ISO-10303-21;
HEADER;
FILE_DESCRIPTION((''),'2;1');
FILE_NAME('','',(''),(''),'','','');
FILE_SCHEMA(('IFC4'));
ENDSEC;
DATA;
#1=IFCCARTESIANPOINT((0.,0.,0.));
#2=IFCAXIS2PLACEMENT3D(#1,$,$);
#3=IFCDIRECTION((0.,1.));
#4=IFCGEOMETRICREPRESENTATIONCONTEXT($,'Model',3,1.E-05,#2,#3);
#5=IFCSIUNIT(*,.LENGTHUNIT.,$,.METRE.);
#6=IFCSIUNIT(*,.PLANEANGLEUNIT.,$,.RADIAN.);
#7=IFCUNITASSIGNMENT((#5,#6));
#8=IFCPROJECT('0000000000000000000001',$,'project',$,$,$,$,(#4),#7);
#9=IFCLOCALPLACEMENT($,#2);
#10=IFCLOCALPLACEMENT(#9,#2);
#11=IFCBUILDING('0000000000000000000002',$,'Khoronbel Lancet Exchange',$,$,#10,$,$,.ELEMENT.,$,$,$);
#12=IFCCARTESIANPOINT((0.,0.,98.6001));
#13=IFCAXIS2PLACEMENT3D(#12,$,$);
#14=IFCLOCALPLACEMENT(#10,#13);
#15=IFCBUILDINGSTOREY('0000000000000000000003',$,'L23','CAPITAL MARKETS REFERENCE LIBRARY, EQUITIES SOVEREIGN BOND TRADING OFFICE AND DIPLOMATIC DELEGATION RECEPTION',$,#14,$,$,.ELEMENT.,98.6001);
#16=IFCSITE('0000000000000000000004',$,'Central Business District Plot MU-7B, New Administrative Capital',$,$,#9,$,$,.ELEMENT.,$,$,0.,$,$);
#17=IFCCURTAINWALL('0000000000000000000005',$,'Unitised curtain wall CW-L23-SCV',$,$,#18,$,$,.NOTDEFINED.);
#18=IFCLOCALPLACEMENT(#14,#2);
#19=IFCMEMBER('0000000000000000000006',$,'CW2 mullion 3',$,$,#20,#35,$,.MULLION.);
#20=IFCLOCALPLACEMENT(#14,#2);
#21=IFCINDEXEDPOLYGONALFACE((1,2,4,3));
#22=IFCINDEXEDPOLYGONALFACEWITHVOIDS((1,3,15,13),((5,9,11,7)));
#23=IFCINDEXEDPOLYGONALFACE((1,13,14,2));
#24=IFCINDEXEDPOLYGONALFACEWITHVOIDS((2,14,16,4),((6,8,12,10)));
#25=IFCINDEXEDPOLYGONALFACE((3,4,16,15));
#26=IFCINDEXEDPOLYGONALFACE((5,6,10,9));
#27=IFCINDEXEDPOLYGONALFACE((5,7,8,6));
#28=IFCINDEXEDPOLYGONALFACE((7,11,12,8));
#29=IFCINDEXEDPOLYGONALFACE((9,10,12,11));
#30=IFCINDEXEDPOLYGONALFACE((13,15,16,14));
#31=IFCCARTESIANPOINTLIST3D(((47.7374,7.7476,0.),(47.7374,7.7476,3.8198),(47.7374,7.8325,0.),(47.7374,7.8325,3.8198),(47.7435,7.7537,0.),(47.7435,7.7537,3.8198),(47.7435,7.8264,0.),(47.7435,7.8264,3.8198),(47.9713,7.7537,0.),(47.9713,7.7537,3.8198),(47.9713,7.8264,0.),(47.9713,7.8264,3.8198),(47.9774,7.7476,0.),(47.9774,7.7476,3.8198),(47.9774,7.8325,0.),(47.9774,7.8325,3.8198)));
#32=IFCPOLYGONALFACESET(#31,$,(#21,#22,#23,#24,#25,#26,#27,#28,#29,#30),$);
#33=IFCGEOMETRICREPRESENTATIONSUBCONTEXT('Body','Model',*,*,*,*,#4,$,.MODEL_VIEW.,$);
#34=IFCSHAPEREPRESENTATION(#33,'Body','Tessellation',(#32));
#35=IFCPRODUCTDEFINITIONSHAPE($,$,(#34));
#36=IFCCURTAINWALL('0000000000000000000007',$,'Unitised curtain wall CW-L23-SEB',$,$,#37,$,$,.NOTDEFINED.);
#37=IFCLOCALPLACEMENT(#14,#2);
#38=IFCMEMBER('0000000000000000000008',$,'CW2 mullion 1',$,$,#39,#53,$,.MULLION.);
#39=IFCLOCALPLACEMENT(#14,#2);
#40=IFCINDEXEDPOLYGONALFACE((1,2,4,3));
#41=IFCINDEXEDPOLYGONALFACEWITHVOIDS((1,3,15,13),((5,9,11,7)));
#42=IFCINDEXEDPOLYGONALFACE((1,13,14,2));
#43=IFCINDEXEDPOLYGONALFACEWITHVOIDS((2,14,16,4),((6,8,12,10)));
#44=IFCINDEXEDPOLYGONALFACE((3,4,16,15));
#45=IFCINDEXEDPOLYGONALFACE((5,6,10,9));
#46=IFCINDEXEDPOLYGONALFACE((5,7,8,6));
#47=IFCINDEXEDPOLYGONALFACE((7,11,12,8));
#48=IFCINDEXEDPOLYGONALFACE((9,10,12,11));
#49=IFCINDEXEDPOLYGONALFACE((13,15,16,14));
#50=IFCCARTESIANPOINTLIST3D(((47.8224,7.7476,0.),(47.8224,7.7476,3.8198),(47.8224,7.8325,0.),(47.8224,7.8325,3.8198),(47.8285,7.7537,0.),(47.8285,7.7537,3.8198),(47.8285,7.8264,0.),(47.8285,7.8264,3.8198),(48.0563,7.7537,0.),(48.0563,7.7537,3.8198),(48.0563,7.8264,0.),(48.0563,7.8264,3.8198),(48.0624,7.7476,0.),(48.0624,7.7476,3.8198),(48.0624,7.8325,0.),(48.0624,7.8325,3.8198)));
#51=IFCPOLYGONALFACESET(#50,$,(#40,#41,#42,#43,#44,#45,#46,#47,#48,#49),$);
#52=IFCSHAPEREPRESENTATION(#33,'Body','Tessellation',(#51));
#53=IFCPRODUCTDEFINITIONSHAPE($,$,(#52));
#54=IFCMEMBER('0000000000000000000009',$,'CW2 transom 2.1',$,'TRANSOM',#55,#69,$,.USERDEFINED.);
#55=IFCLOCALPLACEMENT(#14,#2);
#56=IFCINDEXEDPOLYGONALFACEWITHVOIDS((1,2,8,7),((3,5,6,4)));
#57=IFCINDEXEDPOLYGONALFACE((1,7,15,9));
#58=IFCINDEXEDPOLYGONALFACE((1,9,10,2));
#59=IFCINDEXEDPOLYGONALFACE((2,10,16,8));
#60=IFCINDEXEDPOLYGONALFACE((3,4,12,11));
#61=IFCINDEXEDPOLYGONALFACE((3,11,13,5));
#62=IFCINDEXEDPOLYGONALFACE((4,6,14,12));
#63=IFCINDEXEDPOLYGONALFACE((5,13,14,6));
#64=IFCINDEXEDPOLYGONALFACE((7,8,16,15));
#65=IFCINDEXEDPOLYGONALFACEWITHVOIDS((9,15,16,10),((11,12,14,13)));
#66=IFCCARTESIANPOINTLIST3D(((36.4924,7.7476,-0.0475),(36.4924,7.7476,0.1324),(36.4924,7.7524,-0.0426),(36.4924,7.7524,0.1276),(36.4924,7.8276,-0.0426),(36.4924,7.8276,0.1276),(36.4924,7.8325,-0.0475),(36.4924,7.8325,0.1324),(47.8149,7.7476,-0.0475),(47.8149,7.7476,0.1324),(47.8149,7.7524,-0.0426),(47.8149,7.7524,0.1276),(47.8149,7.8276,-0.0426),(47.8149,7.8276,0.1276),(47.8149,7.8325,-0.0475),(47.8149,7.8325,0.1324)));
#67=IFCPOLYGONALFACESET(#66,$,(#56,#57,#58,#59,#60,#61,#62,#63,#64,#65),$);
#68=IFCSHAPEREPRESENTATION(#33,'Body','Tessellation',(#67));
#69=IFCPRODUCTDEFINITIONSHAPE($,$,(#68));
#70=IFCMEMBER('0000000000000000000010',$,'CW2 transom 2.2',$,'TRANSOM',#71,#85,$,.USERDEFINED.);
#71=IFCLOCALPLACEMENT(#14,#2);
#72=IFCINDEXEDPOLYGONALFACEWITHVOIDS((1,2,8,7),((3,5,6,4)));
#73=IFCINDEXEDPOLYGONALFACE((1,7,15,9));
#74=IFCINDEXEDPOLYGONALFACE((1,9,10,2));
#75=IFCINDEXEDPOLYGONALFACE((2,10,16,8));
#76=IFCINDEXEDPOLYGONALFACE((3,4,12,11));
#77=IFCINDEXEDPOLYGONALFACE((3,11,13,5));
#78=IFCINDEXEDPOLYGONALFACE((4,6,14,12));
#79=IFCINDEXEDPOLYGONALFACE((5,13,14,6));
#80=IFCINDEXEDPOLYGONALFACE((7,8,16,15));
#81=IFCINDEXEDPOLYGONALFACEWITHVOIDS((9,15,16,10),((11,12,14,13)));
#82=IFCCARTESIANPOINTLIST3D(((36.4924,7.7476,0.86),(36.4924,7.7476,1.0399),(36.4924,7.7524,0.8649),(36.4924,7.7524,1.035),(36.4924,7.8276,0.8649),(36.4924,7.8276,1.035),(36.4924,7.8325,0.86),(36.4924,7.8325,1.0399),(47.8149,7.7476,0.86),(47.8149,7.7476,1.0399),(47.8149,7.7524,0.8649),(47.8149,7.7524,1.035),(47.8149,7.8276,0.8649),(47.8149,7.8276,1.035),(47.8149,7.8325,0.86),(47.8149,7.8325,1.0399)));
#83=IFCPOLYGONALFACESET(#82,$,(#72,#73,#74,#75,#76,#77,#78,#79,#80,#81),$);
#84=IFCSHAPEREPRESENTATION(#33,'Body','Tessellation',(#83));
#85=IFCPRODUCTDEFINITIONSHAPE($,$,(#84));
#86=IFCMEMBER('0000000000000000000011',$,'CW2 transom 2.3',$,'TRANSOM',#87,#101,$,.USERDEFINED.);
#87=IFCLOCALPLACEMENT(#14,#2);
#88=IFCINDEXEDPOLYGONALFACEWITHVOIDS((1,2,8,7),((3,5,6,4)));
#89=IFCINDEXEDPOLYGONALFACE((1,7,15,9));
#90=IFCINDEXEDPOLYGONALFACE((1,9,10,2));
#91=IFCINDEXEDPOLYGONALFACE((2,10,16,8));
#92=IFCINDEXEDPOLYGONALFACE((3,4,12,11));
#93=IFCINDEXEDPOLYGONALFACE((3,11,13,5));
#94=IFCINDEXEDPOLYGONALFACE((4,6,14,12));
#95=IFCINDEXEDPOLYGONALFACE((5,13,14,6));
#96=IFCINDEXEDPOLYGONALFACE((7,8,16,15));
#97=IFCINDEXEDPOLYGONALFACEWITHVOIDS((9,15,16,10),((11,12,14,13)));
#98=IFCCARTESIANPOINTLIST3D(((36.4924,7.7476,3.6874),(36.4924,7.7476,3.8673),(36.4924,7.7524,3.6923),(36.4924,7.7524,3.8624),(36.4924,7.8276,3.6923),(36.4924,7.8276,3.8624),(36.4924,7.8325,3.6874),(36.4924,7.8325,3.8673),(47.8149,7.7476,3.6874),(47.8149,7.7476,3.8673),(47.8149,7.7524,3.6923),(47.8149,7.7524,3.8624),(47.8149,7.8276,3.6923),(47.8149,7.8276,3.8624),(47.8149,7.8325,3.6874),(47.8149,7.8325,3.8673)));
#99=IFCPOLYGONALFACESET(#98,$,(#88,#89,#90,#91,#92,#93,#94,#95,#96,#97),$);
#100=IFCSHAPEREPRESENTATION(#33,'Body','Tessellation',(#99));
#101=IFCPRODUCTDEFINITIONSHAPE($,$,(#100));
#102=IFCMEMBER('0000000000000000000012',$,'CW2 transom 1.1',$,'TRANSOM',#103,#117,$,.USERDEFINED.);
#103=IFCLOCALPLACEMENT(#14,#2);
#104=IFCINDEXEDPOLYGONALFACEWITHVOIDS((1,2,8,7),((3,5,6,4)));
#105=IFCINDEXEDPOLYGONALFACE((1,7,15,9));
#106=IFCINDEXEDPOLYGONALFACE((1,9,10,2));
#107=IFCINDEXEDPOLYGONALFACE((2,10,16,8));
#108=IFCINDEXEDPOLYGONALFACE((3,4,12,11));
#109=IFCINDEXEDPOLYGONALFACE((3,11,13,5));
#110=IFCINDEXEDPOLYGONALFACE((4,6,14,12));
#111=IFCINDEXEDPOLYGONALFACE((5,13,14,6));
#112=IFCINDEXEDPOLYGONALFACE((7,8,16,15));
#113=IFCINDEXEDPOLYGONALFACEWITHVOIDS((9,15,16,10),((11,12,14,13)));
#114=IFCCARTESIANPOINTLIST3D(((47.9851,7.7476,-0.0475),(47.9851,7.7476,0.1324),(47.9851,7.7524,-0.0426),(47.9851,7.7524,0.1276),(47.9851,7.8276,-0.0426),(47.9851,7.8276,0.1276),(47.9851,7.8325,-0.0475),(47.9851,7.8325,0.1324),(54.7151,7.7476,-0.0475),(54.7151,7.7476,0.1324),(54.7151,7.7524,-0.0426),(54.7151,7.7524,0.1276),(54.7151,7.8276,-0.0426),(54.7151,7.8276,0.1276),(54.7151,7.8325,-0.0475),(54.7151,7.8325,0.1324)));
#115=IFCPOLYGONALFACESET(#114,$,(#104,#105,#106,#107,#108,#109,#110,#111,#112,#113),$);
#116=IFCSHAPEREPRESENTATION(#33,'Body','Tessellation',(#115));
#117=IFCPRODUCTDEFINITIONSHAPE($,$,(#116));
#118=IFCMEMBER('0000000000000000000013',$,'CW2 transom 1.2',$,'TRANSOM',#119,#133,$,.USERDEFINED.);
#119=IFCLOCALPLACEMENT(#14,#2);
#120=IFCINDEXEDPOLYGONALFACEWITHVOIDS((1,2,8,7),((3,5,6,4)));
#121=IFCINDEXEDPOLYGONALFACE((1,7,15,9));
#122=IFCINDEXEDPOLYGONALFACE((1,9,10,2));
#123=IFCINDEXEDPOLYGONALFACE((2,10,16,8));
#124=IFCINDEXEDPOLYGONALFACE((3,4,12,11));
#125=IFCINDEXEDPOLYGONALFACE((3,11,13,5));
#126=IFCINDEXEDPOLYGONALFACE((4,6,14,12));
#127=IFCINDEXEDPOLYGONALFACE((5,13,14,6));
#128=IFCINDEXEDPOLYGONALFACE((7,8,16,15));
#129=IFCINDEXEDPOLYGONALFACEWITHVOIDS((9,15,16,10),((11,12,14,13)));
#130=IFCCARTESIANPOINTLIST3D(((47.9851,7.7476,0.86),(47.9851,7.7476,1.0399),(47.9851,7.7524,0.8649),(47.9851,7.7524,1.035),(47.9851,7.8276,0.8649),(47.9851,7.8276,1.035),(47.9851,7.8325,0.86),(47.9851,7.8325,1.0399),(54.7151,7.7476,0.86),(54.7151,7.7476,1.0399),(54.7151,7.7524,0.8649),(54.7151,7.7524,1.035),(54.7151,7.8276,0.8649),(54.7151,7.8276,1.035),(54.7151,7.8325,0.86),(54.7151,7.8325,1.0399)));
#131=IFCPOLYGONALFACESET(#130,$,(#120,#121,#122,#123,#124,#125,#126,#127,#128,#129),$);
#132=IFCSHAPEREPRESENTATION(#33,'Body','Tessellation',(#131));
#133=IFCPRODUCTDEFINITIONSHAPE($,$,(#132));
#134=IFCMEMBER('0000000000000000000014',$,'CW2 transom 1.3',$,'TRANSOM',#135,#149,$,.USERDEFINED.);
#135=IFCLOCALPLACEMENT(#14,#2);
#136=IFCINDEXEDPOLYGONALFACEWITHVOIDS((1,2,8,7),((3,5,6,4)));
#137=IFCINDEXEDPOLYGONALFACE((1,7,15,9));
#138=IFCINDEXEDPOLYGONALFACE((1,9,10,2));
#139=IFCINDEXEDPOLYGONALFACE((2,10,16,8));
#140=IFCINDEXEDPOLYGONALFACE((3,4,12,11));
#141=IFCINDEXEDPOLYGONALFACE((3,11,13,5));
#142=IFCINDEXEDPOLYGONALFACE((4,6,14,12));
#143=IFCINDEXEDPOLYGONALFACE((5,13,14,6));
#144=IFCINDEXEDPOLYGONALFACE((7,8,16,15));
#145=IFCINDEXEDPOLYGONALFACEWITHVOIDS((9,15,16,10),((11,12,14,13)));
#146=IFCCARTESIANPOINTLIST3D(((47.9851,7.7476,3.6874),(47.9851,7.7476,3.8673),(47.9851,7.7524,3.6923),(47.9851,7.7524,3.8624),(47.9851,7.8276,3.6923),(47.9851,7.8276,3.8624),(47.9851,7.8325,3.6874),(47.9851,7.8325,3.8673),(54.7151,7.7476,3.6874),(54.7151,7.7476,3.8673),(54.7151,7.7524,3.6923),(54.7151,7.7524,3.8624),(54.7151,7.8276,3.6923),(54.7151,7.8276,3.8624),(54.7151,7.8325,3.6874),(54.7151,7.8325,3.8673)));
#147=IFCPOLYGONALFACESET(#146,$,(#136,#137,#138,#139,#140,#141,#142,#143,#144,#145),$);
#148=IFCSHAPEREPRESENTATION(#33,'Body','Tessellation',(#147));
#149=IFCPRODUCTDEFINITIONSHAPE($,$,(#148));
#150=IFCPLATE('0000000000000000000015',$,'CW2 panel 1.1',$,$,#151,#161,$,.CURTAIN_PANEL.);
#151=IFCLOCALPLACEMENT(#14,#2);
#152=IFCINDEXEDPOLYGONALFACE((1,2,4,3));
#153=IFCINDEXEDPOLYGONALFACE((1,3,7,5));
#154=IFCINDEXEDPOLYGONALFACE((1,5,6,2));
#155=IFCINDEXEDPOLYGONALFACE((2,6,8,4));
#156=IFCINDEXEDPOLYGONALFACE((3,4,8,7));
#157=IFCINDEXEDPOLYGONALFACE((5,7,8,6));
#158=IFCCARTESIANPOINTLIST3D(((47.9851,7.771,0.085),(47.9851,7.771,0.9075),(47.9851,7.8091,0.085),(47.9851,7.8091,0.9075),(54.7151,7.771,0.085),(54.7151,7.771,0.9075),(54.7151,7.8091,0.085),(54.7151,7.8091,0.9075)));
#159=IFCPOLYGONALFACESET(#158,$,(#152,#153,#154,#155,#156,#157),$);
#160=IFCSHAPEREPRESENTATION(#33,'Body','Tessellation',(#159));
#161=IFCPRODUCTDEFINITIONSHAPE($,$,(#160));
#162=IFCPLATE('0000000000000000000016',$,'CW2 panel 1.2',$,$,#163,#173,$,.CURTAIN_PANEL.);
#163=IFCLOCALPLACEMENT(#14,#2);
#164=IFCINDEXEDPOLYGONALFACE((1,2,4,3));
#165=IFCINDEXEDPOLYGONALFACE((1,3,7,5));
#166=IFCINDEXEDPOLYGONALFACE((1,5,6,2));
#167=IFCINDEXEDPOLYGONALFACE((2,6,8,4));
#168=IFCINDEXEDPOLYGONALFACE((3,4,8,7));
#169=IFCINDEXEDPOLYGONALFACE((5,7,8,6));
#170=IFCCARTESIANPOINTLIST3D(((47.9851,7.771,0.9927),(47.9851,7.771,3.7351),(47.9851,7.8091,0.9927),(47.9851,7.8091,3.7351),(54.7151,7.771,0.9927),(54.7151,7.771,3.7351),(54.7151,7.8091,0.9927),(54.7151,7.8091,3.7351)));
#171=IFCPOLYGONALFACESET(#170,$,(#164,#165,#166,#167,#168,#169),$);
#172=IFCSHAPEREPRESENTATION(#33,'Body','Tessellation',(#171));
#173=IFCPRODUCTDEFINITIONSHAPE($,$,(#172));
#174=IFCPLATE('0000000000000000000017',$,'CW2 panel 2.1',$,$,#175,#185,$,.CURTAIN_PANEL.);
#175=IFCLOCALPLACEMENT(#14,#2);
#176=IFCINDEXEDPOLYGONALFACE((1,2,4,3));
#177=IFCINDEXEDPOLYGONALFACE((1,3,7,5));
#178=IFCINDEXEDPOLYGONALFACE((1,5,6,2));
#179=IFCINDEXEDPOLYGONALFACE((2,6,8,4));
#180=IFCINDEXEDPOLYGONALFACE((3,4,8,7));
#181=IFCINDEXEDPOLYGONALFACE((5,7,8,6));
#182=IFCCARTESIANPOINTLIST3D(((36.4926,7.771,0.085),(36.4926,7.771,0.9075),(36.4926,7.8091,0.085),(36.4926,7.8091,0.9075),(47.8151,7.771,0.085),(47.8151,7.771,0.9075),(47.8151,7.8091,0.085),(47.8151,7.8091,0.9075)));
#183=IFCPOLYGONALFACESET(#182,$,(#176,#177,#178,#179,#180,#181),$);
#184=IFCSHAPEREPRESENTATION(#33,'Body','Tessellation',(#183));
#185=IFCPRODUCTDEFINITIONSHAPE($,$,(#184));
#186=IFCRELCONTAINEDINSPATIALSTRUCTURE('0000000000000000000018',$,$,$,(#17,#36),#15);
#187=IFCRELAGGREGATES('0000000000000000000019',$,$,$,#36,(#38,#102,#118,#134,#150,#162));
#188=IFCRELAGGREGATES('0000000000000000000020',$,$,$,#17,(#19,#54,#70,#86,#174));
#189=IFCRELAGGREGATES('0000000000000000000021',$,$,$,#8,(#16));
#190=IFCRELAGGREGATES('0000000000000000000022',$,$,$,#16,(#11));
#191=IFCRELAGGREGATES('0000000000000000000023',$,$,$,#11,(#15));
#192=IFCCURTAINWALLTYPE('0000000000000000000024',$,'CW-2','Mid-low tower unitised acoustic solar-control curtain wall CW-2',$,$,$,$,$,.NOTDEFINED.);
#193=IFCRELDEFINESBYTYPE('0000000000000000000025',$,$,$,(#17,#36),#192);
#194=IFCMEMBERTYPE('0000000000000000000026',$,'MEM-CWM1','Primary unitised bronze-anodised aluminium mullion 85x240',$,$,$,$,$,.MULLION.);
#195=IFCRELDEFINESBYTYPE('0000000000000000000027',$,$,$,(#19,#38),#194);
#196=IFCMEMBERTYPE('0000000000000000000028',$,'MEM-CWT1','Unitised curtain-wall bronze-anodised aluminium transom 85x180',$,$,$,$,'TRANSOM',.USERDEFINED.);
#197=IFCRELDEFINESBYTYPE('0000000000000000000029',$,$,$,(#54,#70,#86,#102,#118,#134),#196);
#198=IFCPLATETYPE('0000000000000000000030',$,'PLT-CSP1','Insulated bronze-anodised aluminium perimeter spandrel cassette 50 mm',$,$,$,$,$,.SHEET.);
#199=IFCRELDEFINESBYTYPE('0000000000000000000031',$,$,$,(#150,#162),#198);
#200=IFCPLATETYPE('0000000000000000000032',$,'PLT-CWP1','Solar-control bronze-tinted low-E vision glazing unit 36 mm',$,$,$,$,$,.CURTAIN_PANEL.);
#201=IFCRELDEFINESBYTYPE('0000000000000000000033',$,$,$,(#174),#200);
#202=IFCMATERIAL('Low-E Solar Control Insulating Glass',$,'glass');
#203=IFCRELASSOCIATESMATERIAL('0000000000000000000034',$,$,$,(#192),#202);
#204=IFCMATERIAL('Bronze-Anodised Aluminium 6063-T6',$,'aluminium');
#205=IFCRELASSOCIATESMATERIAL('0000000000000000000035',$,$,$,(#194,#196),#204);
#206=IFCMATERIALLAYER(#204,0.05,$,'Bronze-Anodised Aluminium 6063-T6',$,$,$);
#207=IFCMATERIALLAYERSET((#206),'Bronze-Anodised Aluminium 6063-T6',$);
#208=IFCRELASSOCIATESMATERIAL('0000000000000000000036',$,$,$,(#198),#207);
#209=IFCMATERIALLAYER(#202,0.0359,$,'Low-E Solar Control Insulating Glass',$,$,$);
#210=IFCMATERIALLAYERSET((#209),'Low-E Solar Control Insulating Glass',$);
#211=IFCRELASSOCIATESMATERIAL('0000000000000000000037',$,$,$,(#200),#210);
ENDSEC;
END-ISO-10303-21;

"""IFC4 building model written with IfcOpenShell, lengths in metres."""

from ifc_helpers import new_model, si_unit, direction, frame, origin, origin_2d, place, context, subcontext, project, spatial, rectangle, hollow_rectangle, extrude, material, layer, layer_set, material_profile, profile_set, type_object, element, aggregate, save


model = new_model("IFC4")

# Units and contexts
model_context = context("Model", 3, precision=1e-05, world=origin(), true_north=direction((0.0, 1.0)))
body_context = subcontext(model_context, "Body", "Model", "MODEL_VIEW")
ifc_project = project(units=[si_unit("LENGTHUNIT", "METRE"), si_unit("PLANEANGLEUNIT", "RADIAN")], contexts=[model_context])

# Site, building, storey
site_placement = place(None, origin())
site = spatial("IfcSite", under=ifc_project, at=site_placement, Name="Central Business District Plot MU-7B, New Administrative Capital", CompositionType="ELEMENT", RefElevation=0.0)
building_placement = place(site_placement, origin())
building = spatial("IfcBuilding", under=site, at=building_placement, Name="Khoronbel Lancet Exchange", CompositionType="ELEMENT")
storey_placement = place(building_placement, frame((0.0, 0.0, 98.6001)))
storey = spatial("IfcBuildingStorey", under=building, at=storey_placement, Name="L23", Description="CAPITAL MARKETS REFERENCE LIBRARY, EQUITIES SOVEREIGN BOND TRADING OFFICE AND DIPLOMATIC DELEGATION RECEPTION", CompositionType="ELEMENT", Elevation=98.6001)

# Curtain wall, member
ifc_material_1 = material(Name="Low-E Solar Control Insulating Glass", Category="glass")
curtain_wall_type = type_object("IfcCurtainWallType", Name="CW-2", Description="Mid-low tower unitised acoustic solar-control curtain wall CW-2", PredefinedType="NOTDEFINED", material=ifc_material_1)
curtain_wall_1_placement = place(storey_placement, origin())
curtain_wall_1 = element("IfcCurtainWall", 1, at=curtain_wall_1_placement, inside=storey, type_object=curtain_wall_type, Name="Unitised curtain wall CW-L23-SCV", PredefinedType="NOTDEFINED")
ifc_material_2 = material(Name="Bronze-Anodised Aluminium 6063-T6", Category="aluminium")
ifc_material_profile_1 = material_profile(ifc_material_2, hollow_rectangle(XDim=0.085, YDim=0.24, WallThickness=0.0061, at=origin_2d()), Name="ALU MULLION 85x240")
ifc_profile_set_1 = profile_set([ifc_material_profile_1], Name="Bronze-Anodised Aluminium 6063-T6")
member_type_1 = type_object("IfcMemberType", Name="MEM-CWM1", Description="Primary unitised bronze-anodised aluminium mullion 85x240", PredefinedType="MULLION", material=ifc_profile_set_1)
member_1_placement = place(storey_placement, frame((47.8574, 7.79, 0.0), z_axis=(0.0, 0.0, 1.0), x_axis=(0.0, 1.0, 0.0)))
member_1 = element("IfcMember", 2, at=member_1_placement, type_object=member_type_1, Name="CW2 mullion 3", PredefinedType="MULLION", context=body_context, shape_type="SweptSolid", body=[
    extrude(hollow_rectangle(XDim=0.085, YDim=0.24, WallThickness=0.0061, at=origin_2d()), origin(), (0.0, 0.0, 1.0), 3.8198),
])

# Curtain wall, member
curtain_wall_2_placement = place(storey_placement, origin())
curtain_wall_2 = element("IfcCurtainWall", 3, at=curtain_wall_2_placement, inside=storey, type_object=curtain_wall_type, Name="Unitised curtain wall CW-L23-SEB", PredefinedType="NOTDEFINED")
member_2_placement = place(storey_placement, frame((47.9424, 7.79, 0.0), z_axis=(0.0, 0.0, 1.0), x_axis=(0.0, 1.0, 0.0)))
member_2 = element("IfcMember", 4, at=member_2_placement, type_object=member_type_1, Name="CW2 mullion 1", PredefinedType="MULLION", context=body_context, shape_type="SweptSolid", body=[
    extrude(hollow_rectangle(XDim=0.085, YDim=0.24, WallThickness=0.0061, at=origin_2d()), origin(), (0.0, 0.0, 1.0), 3.8198),
])

# Members
ifc_material_profile_2 = material_profile(ifc_material_2, hollow_rectangle(XDim=0.085, YDim=0.1799, WallThickness=0.0049, at=origin_2d()), Name="ALU TRANSOM 85x180")
ifc_profile_set_2 = profile_set([ifc_material_profile_2], Name="Bronze-Anodised Aluminium 6063-T6")
member_type_2 = type_object("IfcMemberType", Name="MEM-CWT1", Description="Unitised curtain-wall bronze-anodised aluminium transom 85x180", ElementType="TRANSOM", PredefinedType="USERDEFINED", material=ifc_profile_set_2)
member_3_placement = place(storey_placement, frame((36.4924, 7.79, 0.0425), z_axis=(1.0, 0.0, 0.0), x_axis=(0.0, 1.0, 0.0)))
member_3 = element("IfcMember", 5, at=member_3_placement, type_object=member_type_2, Name="CW2 transom 2.1", ObjectType="TRANSOM", PredefinedType="USERDEFINED", context=body_context, shape_type="SweptSolid", body=[
    extrude(hollow_rectangle(XDim=0.085, YDim=0.1799, WallThickness=0.0049, at=origin_2d()), origin(), (0.0, 0.0, 1.0), 11.3225),
])
member_4_placement = place(storey_placement, frame((36.4924, 7.79, 0.95), z_axis=(1.0, 0.0, 0.0), x_axis=(0.0, 1.0, 0.0)))
member_4 = element("IfcMember", 6, at=member_4_placement, type_object=member_type_2, Name="CW2 transom 2.2", ObjectType="TRANSOM", PredefinedType="USERDEFINED", context=body_context, shape_type="SweptSolid", body=[
    extrude(hollow_rectangle(XDim=0.085, YDim=0.1799, WallThickness=0.0049, at=origin_2d()), origin(), (0.0, 0.0, 1.0), 11.3225),
])
member_5_placement = place(storey_placement, frame((36.4924, 7.79, 3.7773), z_axis=(1.0, 0.0, 0.0), x_axis=(0.0, 1.0, 0.0)))
member_5 = element("IfcMember", 7, at=member_5_placement, type_object=member_type_2, Name="CW2 transom 2.3", ObjectType="TRANSOM", PredefinedType="USERDEFINED", context=body_context, shape_type="SweptSolid", body=[
    extrude(hollow_rectangle(XDim=0.085, YDim=0.1799, WallThickness=0.0049, at=origin_2d()), origin(), (0.0, 0.0, 1.0), 11.3225),
])
member_6_placement = place(storey_placement, frame((47.9851, 7.79, 0.0425), z_axis=(1.0, 0.0, 0.0), x_axis=(0.0, 1.0, 0.0)))
member_6 = element("IfcMember", 8, at=member_6_placement, type_object=member_type_2, Name="CW2 transom 1.1", ObjectType="TRANSOM", PredefinedType="USERDEFINED", context=body_context, shape_type="SweptSolid", body=[
    extrude(hollow_rectangle(XDim=0.085, YDim=0.1799, WallThickness=0.0049, at=origin_2d()), origin(), (0.0, 0.0, 1.0), 6.73),
])
member_7_placement = place(storey_placement, frame((47.9851, 7.79, 0.95), z_axis=(1.0, 0.0, 0.0), x_axis=(0.0, 1.0, 0.0)))
member_7 = element("IfcMember", 9, at=member_7_placement, type_object=member_type_2, Name="CW2 transom 1.2", ObjectType="TRANSOM", PredefinedType="USERDEFINED", context=body_context, shape_type="SweptSolid", body=[
    extrude(hollow_rectangle(XDim=0.085, YDim=0.1799, WallThickness=0.0049, at=origin_2d()), origin(), (0.0, 0.0, 1.0), 6.73),
])
member_8_placement = place(storey_placement, frame((47.9851, 7.79, 3.7773), z_axis=(1.0, 0.0, 0.0), x_axis=(0.0, 1.0, 0.0)))
member_8 = element("IfcMember", 10, at=member_8_placement, type_object=member_type_2, Name="CW2 transom 1.3", ObjectType="TRANSOM", PredefinedType="USERDEFINED", context=body_context, shape_type="SweptSolid", body=[
    extrude(hollow_rectangle(XDim=0.085, YDim=0.1799, WallThickness=0.0049, at=origin_2d()), origin(), (0.0, 0.0, 1.0), 6.73),
])

# Plates
ifc_layer_1 = layer(ifc_material_2, 0.05, Name="Bronze-Anodised Aluminium 6063-T6")
ifc_layer_set_1 = layer_set([ifc_layer_1], Name="Bronze-Anodised Aluminium 6063-T6")
plate_type_1 = type_object("IfcPlateType", Name="PLT-CSP1", Description="Insulated bronze-anodised aluminium perimeter spandrel cassette 50 mm", PredefinedType="SHEET", material=ifc_layer_set_1)
plate_1_placement = place(storey_placement, frame((51.3501, 7.79, 0.085), z_axis=(0.0, 0.0, 1.0), x_axis=(1.0, 0.0, 0.0)))
plate_1 = element("IfcPlate", 11, at=plate_1_placement, type_object=plate_type_1, Name="CW2 panel 1.1", PredefinedType="CURTAIN_PANEL", context=body_context, shape_type="SweptSolid", body=[
    extrude(rectangle(XDim=6.73, YDim=0.0381, at=origin_2d()), origin(), (0.0, 0.0, 1.0), 0.8225),
])
plate_2_placement = place(storey_placement, frame((51.3501, 7.79, 0.9927), z_axis=(0.0, 0.0, 1.0), x_axis=(1.0, 0.0, 0.0)))
plate_2 = element("IfcPlate", 12, at=plate_2_placement, type_object=plate_type_1, Name="CW2 panel 1.2", PredefinedType="CURTAIN_PANEL", context=body_context, shape_type="SweptSolid", body=[
    extrude(rectangle(XDim=6.73, YDim=0.0381, at=origin_2d()), origin(), (0.0, 0.0, 1.0), 2.7424),
])
aggregate(curtain_wall_2, [member_2, member_6, member_7, member_8, plate_1, plate_2])
ifc_layer_2 = layer(ifc_material_1, 0.0359, Name="Low-E Solar Control Insulating Glass")
ifc_layer_set_2 = layer_set([ifc_layer_2], Name="Low-E Solar Control Insulating Glass")
plate_type_2 = type_object("IfcPlateType", Name="PLT-CWP1", Description="Solar-control bronze-tinted low-E vision glazing unit 36 mm", PredefinedType="CURTAIN_PANEL", material=ifc_layer_set_2)
plate_3_placement = place(storey_placement, frame((42.1538, 7.79, 0.085), z_axis=(0.0, 0.0, 1.0), x_axis=(1.0, 0.0, 0.0)))
plate_3 = element("IfcPlate", 13, at=plate_3_placement, type_object=plate_type_2, Name="CW2 panel 2.1", PredefinedType="CURTAIN_PANEL", context=body_context, shape_type="SweptSolid", body=[
    extrude(rectangle(XDim=11.3225, YDim=0.0381, at=origin_2d()), origin(), (0.0, 0.0, 1.0), 0.8225),
])
aggregate(curtain_wall_1, [member_1, member_3, member_4, member_5, plate_3])

save(model, "model.ifc")
